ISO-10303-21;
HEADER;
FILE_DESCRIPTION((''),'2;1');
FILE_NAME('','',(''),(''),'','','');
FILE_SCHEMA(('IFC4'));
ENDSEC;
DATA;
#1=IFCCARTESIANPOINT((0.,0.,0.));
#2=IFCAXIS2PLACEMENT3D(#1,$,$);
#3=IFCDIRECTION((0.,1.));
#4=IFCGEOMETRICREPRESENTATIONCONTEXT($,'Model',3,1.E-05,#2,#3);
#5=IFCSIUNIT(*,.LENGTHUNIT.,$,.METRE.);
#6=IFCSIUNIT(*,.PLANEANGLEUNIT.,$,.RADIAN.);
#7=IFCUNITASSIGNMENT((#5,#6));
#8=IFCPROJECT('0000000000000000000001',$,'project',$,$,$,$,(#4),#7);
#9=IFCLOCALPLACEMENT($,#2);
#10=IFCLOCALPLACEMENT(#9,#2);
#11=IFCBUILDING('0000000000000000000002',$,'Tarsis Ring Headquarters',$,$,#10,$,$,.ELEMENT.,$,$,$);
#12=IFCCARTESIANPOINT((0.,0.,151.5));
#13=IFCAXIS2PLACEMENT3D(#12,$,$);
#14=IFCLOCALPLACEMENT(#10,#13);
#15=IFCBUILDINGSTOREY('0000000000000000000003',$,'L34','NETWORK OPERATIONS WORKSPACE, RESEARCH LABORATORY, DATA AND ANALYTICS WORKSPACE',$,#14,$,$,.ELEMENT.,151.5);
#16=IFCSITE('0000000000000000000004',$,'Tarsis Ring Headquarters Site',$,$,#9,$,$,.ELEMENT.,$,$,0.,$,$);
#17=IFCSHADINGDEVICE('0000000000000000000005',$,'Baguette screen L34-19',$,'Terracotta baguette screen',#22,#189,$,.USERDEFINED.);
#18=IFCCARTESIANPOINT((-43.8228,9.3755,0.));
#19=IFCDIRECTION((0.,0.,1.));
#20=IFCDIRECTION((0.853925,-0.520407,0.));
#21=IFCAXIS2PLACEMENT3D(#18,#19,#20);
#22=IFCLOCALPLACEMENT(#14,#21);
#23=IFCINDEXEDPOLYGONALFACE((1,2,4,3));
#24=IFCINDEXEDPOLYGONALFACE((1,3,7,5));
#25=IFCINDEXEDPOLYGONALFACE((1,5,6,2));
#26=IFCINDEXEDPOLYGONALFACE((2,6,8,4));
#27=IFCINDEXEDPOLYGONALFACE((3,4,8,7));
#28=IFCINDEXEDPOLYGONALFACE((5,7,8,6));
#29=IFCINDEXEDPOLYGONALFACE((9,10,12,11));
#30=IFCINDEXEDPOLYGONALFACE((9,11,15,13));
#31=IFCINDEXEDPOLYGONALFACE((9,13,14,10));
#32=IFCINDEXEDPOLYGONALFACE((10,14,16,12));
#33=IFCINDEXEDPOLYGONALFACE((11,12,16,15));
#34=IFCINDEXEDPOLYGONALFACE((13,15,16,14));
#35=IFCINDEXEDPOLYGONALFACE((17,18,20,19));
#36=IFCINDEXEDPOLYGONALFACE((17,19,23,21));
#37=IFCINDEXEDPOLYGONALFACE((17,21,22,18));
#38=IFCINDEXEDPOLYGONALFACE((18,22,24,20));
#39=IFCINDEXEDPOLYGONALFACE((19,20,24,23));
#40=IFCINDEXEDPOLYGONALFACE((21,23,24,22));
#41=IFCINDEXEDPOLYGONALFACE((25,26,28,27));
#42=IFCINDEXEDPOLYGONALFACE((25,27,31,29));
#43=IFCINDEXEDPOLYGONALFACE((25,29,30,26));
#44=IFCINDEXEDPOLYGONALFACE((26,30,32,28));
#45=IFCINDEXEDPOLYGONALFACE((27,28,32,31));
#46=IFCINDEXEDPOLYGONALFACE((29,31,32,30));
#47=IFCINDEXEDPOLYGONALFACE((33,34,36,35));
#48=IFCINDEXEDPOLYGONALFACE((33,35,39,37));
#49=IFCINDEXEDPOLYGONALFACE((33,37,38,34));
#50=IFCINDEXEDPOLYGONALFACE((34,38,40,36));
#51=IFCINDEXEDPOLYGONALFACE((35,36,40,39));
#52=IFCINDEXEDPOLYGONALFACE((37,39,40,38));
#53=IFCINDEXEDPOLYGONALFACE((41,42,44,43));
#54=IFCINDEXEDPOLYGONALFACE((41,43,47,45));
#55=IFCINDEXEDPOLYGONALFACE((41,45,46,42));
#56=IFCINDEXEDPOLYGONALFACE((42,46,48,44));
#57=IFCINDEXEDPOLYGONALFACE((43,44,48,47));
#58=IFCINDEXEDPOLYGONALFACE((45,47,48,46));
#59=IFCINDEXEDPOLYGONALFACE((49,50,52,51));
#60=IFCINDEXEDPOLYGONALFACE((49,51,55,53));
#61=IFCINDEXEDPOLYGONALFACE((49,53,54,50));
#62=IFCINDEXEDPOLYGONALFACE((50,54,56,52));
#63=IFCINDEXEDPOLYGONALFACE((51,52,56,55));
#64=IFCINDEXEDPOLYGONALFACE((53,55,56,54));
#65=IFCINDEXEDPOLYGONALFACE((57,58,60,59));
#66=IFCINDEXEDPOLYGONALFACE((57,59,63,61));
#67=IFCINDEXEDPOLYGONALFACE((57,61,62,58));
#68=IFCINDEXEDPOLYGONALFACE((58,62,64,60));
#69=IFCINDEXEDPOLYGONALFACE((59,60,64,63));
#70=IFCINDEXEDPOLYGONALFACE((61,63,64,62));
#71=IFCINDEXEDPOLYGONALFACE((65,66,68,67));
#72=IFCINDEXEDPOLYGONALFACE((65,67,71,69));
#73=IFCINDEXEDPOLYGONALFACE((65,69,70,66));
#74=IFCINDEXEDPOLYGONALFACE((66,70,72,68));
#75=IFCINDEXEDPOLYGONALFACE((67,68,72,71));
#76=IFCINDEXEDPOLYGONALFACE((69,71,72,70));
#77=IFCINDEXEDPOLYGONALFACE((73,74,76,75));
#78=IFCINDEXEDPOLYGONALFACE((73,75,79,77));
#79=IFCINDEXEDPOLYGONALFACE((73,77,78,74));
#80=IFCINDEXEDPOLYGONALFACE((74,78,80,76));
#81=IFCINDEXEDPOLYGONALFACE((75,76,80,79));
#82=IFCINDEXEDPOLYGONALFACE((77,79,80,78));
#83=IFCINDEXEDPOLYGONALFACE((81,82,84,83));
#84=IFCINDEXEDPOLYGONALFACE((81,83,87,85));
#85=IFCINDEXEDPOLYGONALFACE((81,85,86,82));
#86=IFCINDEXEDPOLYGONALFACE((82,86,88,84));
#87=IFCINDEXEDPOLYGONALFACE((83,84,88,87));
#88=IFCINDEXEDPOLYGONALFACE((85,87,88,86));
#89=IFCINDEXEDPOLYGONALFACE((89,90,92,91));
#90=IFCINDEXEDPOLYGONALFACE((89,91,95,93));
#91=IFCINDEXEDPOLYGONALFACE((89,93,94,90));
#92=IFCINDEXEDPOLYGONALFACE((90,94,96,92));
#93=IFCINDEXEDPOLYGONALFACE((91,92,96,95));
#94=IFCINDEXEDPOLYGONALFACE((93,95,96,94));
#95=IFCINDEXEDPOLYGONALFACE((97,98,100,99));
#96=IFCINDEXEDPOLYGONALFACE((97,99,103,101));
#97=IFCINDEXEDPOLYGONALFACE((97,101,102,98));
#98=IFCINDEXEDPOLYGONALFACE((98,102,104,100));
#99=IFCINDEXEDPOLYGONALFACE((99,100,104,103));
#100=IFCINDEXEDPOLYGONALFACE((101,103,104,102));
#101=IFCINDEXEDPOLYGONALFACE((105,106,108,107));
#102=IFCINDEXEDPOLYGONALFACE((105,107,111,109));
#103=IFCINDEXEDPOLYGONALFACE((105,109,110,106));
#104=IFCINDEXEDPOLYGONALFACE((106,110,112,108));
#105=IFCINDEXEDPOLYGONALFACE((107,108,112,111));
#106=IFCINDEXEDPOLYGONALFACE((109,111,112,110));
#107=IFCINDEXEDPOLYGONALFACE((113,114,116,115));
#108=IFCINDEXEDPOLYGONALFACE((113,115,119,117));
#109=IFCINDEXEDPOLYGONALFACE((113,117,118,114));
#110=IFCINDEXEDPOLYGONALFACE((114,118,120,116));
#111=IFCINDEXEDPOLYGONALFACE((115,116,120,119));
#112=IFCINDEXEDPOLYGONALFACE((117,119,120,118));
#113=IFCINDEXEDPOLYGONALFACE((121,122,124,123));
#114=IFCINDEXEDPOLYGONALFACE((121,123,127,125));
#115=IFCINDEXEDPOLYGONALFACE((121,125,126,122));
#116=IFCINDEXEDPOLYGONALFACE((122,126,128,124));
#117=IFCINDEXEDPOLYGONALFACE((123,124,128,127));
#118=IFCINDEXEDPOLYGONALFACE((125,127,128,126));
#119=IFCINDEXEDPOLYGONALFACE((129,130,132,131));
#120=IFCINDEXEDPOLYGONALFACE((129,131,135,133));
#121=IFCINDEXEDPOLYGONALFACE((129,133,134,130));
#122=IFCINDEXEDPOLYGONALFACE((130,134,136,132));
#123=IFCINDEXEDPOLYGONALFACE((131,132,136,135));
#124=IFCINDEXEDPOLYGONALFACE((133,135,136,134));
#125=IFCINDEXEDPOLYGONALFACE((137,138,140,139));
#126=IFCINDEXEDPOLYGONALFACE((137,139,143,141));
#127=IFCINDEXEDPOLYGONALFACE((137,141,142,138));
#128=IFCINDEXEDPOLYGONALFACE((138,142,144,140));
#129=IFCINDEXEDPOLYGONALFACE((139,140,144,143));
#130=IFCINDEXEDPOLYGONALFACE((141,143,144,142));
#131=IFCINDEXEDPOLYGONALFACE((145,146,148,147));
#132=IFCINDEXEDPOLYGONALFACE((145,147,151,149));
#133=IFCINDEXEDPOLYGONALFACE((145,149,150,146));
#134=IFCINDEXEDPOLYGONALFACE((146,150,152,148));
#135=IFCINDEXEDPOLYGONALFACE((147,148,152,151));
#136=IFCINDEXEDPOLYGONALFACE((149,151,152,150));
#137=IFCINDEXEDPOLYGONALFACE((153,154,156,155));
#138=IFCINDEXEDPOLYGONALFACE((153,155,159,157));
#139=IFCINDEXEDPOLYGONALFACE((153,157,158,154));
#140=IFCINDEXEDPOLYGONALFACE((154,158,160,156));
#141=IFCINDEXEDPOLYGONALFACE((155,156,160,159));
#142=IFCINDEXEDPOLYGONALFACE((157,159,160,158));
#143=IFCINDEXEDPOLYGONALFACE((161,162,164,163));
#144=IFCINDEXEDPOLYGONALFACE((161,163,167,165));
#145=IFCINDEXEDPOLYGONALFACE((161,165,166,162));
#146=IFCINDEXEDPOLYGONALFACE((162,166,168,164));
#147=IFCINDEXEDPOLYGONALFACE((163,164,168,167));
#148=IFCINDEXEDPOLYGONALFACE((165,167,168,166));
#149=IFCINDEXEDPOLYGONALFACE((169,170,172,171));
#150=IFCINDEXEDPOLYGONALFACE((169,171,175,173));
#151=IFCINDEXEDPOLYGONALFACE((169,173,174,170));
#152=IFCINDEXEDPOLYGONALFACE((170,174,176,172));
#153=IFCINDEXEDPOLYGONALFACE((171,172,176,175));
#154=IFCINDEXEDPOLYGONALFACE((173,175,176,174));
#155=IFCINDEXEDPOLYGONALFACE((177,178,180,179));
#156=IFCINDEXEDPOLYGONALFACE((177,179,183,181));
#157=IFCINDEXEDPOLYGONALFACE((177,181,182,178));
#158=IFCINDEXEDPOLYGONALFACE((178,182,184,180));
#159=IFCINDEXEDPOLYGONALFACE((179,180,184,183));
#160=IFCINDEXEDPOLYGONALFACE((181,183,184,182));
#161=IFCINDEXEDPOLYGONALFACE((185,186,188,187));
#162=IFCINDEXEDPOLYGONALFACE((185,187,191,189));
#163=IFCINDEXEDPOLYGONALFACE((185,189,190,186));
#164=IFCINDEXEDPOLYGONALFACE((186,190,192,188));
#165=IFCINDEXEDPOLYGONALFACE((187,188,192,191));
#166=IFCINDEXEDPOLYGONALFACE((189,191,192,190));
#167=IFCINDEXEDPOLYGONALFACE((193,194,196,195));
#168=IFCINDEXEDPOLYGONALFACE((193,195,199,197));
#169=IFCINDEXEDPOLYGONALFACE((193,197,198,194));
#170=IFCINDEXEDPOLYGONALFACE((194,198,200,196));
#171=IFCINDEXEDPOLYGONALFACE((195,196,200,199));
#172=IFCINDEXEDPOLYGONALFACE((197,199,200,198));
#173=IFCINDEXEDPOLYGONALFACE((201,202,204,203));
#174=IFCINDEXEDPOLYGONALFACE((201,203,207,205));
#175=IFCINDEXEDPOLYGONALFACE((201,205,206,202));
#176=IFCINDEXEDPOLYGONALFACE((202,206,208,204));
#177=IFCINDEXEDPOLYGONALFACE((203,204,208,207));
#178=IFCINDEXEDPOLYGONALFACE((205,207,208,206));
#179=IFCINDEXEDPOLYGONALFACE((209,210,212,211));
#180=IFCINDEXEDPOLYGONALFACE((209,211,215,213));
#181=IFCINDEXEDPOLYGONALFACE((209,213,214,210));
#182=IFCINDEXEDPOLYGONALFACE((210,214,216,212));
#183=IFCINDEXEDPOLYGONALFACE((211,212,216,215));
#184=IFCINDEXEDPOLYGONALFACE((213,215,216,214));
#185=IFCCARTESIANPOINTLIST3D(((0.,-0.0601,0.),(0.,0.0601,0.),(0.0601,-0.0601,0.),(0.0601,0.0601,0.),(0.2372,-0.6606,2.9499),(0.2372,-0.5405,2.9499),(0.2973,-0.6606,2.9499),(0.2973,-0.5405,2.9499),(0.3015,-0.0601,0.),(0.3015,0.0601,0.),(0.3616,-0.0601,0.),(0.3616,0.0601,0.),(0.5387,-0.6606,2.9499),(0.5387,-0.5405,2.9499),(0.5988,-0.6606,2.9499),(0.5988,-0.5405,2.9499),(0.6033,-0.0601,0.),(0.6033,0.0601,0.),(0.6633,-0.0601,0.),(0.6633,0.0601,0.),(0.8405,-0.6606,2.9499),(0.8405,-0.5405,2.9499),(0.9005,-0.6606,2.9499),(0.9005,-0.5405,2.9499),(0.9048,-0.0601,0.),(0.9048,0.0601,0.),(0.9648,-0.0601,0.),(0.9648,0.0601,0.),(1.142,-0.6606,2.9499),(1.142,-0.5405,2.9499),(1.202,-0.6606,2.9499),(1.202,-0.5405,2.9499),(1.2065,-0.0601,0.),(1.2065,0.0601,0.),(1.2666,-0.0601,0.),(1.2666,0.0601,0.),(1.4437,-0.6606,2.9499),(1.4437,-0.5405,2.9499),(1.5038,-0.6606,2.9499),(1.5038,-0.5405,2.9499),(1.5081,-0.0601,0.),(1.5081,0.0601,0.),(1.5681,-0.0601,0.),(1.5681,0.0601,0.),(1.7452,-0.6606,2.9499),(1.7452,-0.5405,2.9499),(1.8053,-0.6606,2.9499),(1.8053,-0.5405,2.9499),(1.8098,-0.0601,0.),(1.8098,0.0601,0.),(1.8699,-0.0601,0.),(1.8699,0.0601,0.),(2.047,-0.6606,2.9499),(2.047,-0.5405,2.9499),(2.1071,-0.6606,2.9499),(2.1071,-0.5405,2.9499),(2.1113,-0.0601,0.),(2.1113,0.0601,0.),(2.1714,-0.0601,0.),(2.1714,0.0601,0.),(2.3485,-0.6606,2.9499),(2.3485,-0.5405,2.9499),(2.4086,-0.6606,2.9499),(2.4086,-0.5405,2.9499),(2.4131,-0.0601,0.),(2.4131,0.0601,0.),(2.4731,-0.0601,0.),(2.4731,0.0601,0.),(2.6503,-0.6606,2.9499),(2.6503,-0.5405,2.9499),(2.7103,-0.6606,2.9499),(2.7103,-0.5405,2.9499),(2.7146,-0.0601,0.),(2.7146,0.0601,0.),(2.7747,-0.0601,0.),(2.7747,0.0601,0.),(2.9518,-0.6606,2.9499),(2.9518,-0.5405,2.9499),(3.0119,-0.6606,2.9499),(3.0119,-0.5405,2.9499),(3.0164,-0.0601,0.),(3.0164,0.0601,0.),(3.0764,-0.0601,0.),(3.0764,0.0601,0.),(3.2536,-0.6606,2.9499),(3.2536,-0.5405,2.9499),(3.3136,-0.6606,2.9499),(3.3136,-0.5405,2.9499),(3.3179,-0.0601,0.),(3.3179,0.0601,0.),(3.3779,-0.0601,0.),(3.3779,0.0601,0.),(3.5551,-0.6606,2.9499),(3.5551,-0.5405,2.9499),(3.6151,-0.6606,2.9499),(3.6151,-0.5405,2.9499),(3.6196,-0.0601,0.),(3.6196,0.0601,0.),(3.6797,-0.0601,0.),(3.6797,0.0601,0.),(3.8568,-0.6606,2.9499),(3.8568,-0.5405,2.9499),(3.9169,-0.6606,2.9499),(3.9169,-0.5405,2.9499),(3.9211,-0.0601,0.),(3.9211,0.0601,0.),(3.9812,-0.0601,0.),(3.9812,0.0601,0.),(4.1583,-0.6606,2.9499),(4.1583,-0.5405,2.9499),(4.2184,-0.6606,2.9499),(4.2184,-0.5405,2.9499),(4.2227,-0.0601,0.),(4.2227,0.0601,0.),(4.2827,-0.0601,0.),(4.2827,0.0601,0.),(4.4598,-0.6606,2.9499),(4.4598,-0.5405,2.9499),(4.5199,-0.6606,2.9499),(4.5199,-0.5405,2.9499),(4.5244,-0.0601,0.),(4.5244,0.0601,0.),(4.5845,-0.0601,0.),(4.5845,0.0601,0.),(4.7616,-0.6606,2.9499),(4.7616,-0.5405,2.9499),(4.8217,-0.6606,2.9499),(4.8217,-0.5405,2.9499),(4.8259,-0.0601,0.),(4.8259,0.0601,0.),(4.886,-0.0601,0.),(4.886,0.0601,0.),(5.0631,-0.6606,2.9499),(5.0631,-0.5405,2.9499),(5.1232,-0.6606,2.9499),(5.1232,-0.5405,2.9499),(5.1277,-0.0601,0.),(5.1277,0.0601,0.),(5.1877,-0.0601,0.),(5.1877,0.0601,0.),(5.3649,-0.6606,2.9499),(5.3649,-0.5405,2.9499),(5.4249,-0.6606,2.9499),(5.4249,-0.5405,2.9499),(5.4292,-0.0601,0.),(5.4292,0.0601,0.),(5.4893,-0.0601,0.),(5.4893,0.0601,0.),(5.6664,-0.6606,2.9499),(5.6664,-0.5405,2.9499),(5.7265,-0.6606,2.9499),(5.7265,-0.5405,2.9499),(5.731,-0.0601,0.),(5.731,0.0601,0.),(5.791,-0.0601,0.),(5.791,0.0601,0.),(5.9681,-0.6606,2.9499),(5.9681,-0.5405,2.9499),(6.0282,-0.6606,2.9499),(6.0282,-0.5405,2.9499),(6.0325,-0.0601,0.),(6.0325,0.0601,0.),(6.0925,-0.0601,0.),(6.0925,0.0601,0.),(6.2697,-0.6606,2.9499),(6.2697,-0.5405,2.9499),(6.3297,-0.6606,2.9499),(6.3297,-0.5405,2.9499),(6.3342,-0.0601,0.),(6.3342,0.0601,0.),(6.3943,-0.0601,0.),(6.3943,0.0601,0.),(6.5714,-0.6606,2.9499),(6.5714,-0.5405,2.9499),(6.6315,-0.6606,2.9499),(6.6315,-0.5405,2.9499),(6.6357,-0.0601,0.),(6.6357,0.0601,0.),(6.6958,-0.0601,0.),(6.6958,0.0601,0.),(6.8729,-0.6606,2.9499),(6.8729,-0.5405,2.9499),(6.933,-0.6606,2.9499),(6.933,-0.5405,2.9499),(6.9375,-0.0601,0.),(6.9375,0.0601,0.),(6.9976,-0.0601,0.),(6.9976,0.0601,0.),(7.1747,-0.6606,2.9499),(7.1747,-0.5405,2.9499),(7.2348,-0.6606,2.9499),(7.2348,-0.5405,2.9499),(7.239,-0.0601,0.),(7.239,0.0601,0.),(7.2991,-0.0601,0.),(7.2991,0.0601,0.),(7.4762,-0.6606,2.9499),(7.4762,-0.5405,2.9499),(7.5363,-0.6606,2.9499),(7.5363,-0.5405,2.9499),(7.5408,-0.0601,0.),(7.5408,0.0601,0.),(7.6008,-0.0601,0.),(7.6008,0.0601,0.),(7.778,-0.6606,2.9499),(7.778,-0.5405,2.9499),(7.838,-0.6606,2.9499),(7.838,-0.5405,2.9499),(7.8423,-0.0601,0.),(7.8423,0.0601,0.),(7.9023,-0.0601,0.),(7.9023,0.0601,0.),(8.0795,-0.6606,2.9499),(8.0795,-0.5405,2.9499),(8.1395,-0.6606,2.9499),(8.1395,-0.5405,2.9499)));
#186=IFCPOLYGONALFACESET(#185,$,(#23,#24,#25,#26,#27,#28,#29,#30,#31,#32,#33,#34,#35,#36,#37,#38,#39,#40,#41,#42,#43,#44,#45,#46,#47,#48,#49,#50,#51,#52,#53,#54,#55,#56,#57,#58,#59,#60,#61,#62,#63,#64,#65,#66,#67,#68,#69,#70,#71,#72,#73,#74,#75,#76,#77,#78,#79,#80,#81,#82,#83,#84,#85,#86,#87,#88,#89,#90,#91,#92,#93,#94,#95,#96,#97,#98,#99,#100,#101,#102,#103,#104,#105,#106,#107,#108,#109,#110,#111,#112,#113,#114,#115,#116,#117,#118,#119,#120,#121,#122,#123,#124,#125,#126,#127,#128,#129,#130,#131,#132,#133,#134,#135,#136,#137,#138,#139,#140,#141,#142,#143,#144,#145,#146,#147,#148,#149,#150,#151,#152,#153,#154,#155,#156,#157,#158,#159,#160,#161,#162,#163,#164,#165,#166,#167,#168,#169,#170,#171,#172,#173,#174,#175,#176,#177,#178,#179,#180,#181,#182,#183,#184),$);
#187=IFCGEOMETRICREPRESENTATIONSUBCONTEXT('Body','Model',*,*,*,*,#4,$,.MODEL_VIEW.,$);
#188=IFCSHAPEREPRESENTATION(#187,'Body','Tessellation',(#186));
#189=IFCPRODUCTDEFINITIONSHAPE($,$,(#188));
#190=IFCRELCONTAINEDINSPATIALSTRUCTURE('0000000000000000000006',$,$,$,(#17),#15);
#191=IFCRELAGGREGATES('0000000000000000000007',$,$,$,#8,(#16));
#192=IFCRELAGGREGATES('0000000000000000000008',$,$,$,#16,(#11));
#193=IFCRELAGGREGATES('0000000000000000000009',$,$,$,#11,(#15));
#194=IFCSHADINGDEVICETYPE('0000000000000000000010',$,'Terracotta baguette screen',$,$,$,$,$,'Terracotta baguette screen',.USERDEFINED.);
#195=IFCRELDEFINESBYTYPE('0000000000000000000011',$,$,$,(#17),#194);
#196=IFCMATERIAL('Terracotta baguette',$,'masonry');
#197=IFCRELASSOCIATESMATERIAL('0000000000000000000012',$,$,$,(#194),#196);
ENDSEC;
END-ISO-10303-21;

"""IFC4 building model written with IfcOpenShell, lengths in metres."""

from ifc_helpers import new_model, si_unit, direction, frame, frame_2d, origin, place, context, subcontext, project, spatial, rectangle, composite_profile, extrude, material, type_object, element, save


model = new_model("IFC4")

# Units and contexts
model_context = context("Model", 3, precision=1e-05, world=origin(), true_north=direction((0.0, 1.0)))
body_context = subcontext(model_context, "Body", "Model", "MODEL_VIEW")
ifc_project = project(units=[si_unit("LENGTHUNIT", "METRE"), si_unit("PLANEANGLEUNIT", "RADIAN")], contexts=[model_context])

# Site, building, storey
site_placement = place(None, origin())
site = spatial("IfcSite", under=ifc_project, at=site_placement, Name="Tarsis Ring Headquarters Site", CompositionType="ELEMENT", RefElevation=0.0)
building_placement = place(site_placement, origin())
building = spatial("IfcBuilding", under=site, at=building_placement, Name="Tarsis Ring Headquarters", CompositionType="ELEMENT")
storey_placement = place(building_placement, frame((0.0, 0.0, 151.5)))
storey = spatial("IfcBuildingStorey", under=building, at=storey_placement, Name="L34", Description="NETWORK OPERATIONS WORKSPACE, RESEARCH LABORATORY, DATA AND ANALYTICS WORKSPACE", CompositionType="ELEMENT", Elevation=151.5)

# Shading device
ifc_material_1 = material(Name="Terracotta baguette", Category="masonry")
shading_device_type_1 = type_object("IfcShadingDeviceType", Name="Terracotta baguette screen", ElementType="Terracotta baguette screen", PredefinedType="USERDEFINED", material=ifc_material_1)
shading_device_1_placement = place(storey_placement, frame((-43.8228, 9.3755, 0.0), z_axis=(0.0, 0.0, 1.0), x_axis=(0.853925, -0.520407, 0.0)))
element("IfcShadingDevice", 1, at=shading_device_1_placement, inside=storey, type_object=shading_device_type_1, Name="Baguette screen L34-19", ObjectType="Terracotta baguette screen", PredefinedType="USERDEFINED", context=body_context, shape_type="SweptSolid", body=[
    extrude(composite_profile([rectangle(XDim=0.0601, YDim=0.1201, at=frame_2d((0.03, 0.0))), rectangle(XDim=0.0601, YDim=0.1201, at=frame_2d((0.3315, 0.0))), rectangle(XDim=0.0601, YDim=0.1201, at=frame_2d((0.6333, 0.0))), rectangle(XDim=0.0601, YDim=0.1201, at=frame_2d((0.9348, 0.0))), rectangle(XDim=0.0601, YDim=0.1201, at=frame_2d((1.2366, 0.0))), rectangle(XDim=0.0601, YDim=0.1201, at=frame_2d((1.5381, 0.0))), rectangle(XDim=0.0601, YDim=0.1201, at=frame_2d((1.8398, 0.0))), rectangle(XDim=0.0601, YDim=0.1201, at=frame_2d((2.1414, 0.0))), rectangle(XDim=0.0601, YDim=0.1201, at=frame_2d((2.4431, 0.0))), rectangle(XDim=0.0601, YDim=0.1201, at=frame_2d((2.7446, 0.0))), rectangle(XDim=0.0601, YDim=0.1201, at=frame_2d((3.0464, 0.0))), rectangle(XDim=0.0601, YDim=0.1201, at=frame_2d((3.3479, 0.0))), rectangle(XDim=0.0601, YDim=0.1201, at=frame_2d((3.6497, 0.0))), rectangle(XDim=0.0601, YDim=0.1201, at=frame_2d((3.9512, 0.0))), rectangle(XDim=0.0601, YDim=0.1201, at=frame_2d((4.2527, 0.0))), rectangle(XDim=0.0601, YDim=0.1201, at=frame_2d((4.5544, 0.0))), rectangle(XDim=0.0601, YDim=0.1201, at=frame_2d((4.856, 0.0))), rectangle(XDim=0.0601, YDim=0.1201, at=frame_2d((5.1577, 0.0))), rectangle(XDim=0.0601, YDim=0.1201, at=frame_2d((5.4592, 0.0))), rectangle(XDim=0.0601, YDim=0.1201, at=frame_2d((5.761, 0.0))), rectangle(XDim=0.0601, YDim=0.1201, at=frame_2d((6.0625, 0.0))), rectangle(XDim=0.0601, YDim=0.1201, at=frame_2d((6.3643, 0.0))), rectangle(XDim=0.0601, YDim=0.1201, at=frame_2d((6.6658, 0.0))), rectangle(XDim=0.0601, YDim=0.1201, at=frame_2d((6.9675, 0.0))), rectangle(XDim=0.0601, YDim=0.1201, at=frame_2d((7.269, 0.0))), rectangle(XDim=0.0601, YDim=0.1201, at=frame_2d((7.5708, 0.0))), rectangle(XDim=0.0601, YDim=0.1201, at=frame_2d((7.8723, 0.0)))]), origin(), (0.078547, -0.198868, 0.976874), 3.0198),
])

save(model, "model.ifc")
